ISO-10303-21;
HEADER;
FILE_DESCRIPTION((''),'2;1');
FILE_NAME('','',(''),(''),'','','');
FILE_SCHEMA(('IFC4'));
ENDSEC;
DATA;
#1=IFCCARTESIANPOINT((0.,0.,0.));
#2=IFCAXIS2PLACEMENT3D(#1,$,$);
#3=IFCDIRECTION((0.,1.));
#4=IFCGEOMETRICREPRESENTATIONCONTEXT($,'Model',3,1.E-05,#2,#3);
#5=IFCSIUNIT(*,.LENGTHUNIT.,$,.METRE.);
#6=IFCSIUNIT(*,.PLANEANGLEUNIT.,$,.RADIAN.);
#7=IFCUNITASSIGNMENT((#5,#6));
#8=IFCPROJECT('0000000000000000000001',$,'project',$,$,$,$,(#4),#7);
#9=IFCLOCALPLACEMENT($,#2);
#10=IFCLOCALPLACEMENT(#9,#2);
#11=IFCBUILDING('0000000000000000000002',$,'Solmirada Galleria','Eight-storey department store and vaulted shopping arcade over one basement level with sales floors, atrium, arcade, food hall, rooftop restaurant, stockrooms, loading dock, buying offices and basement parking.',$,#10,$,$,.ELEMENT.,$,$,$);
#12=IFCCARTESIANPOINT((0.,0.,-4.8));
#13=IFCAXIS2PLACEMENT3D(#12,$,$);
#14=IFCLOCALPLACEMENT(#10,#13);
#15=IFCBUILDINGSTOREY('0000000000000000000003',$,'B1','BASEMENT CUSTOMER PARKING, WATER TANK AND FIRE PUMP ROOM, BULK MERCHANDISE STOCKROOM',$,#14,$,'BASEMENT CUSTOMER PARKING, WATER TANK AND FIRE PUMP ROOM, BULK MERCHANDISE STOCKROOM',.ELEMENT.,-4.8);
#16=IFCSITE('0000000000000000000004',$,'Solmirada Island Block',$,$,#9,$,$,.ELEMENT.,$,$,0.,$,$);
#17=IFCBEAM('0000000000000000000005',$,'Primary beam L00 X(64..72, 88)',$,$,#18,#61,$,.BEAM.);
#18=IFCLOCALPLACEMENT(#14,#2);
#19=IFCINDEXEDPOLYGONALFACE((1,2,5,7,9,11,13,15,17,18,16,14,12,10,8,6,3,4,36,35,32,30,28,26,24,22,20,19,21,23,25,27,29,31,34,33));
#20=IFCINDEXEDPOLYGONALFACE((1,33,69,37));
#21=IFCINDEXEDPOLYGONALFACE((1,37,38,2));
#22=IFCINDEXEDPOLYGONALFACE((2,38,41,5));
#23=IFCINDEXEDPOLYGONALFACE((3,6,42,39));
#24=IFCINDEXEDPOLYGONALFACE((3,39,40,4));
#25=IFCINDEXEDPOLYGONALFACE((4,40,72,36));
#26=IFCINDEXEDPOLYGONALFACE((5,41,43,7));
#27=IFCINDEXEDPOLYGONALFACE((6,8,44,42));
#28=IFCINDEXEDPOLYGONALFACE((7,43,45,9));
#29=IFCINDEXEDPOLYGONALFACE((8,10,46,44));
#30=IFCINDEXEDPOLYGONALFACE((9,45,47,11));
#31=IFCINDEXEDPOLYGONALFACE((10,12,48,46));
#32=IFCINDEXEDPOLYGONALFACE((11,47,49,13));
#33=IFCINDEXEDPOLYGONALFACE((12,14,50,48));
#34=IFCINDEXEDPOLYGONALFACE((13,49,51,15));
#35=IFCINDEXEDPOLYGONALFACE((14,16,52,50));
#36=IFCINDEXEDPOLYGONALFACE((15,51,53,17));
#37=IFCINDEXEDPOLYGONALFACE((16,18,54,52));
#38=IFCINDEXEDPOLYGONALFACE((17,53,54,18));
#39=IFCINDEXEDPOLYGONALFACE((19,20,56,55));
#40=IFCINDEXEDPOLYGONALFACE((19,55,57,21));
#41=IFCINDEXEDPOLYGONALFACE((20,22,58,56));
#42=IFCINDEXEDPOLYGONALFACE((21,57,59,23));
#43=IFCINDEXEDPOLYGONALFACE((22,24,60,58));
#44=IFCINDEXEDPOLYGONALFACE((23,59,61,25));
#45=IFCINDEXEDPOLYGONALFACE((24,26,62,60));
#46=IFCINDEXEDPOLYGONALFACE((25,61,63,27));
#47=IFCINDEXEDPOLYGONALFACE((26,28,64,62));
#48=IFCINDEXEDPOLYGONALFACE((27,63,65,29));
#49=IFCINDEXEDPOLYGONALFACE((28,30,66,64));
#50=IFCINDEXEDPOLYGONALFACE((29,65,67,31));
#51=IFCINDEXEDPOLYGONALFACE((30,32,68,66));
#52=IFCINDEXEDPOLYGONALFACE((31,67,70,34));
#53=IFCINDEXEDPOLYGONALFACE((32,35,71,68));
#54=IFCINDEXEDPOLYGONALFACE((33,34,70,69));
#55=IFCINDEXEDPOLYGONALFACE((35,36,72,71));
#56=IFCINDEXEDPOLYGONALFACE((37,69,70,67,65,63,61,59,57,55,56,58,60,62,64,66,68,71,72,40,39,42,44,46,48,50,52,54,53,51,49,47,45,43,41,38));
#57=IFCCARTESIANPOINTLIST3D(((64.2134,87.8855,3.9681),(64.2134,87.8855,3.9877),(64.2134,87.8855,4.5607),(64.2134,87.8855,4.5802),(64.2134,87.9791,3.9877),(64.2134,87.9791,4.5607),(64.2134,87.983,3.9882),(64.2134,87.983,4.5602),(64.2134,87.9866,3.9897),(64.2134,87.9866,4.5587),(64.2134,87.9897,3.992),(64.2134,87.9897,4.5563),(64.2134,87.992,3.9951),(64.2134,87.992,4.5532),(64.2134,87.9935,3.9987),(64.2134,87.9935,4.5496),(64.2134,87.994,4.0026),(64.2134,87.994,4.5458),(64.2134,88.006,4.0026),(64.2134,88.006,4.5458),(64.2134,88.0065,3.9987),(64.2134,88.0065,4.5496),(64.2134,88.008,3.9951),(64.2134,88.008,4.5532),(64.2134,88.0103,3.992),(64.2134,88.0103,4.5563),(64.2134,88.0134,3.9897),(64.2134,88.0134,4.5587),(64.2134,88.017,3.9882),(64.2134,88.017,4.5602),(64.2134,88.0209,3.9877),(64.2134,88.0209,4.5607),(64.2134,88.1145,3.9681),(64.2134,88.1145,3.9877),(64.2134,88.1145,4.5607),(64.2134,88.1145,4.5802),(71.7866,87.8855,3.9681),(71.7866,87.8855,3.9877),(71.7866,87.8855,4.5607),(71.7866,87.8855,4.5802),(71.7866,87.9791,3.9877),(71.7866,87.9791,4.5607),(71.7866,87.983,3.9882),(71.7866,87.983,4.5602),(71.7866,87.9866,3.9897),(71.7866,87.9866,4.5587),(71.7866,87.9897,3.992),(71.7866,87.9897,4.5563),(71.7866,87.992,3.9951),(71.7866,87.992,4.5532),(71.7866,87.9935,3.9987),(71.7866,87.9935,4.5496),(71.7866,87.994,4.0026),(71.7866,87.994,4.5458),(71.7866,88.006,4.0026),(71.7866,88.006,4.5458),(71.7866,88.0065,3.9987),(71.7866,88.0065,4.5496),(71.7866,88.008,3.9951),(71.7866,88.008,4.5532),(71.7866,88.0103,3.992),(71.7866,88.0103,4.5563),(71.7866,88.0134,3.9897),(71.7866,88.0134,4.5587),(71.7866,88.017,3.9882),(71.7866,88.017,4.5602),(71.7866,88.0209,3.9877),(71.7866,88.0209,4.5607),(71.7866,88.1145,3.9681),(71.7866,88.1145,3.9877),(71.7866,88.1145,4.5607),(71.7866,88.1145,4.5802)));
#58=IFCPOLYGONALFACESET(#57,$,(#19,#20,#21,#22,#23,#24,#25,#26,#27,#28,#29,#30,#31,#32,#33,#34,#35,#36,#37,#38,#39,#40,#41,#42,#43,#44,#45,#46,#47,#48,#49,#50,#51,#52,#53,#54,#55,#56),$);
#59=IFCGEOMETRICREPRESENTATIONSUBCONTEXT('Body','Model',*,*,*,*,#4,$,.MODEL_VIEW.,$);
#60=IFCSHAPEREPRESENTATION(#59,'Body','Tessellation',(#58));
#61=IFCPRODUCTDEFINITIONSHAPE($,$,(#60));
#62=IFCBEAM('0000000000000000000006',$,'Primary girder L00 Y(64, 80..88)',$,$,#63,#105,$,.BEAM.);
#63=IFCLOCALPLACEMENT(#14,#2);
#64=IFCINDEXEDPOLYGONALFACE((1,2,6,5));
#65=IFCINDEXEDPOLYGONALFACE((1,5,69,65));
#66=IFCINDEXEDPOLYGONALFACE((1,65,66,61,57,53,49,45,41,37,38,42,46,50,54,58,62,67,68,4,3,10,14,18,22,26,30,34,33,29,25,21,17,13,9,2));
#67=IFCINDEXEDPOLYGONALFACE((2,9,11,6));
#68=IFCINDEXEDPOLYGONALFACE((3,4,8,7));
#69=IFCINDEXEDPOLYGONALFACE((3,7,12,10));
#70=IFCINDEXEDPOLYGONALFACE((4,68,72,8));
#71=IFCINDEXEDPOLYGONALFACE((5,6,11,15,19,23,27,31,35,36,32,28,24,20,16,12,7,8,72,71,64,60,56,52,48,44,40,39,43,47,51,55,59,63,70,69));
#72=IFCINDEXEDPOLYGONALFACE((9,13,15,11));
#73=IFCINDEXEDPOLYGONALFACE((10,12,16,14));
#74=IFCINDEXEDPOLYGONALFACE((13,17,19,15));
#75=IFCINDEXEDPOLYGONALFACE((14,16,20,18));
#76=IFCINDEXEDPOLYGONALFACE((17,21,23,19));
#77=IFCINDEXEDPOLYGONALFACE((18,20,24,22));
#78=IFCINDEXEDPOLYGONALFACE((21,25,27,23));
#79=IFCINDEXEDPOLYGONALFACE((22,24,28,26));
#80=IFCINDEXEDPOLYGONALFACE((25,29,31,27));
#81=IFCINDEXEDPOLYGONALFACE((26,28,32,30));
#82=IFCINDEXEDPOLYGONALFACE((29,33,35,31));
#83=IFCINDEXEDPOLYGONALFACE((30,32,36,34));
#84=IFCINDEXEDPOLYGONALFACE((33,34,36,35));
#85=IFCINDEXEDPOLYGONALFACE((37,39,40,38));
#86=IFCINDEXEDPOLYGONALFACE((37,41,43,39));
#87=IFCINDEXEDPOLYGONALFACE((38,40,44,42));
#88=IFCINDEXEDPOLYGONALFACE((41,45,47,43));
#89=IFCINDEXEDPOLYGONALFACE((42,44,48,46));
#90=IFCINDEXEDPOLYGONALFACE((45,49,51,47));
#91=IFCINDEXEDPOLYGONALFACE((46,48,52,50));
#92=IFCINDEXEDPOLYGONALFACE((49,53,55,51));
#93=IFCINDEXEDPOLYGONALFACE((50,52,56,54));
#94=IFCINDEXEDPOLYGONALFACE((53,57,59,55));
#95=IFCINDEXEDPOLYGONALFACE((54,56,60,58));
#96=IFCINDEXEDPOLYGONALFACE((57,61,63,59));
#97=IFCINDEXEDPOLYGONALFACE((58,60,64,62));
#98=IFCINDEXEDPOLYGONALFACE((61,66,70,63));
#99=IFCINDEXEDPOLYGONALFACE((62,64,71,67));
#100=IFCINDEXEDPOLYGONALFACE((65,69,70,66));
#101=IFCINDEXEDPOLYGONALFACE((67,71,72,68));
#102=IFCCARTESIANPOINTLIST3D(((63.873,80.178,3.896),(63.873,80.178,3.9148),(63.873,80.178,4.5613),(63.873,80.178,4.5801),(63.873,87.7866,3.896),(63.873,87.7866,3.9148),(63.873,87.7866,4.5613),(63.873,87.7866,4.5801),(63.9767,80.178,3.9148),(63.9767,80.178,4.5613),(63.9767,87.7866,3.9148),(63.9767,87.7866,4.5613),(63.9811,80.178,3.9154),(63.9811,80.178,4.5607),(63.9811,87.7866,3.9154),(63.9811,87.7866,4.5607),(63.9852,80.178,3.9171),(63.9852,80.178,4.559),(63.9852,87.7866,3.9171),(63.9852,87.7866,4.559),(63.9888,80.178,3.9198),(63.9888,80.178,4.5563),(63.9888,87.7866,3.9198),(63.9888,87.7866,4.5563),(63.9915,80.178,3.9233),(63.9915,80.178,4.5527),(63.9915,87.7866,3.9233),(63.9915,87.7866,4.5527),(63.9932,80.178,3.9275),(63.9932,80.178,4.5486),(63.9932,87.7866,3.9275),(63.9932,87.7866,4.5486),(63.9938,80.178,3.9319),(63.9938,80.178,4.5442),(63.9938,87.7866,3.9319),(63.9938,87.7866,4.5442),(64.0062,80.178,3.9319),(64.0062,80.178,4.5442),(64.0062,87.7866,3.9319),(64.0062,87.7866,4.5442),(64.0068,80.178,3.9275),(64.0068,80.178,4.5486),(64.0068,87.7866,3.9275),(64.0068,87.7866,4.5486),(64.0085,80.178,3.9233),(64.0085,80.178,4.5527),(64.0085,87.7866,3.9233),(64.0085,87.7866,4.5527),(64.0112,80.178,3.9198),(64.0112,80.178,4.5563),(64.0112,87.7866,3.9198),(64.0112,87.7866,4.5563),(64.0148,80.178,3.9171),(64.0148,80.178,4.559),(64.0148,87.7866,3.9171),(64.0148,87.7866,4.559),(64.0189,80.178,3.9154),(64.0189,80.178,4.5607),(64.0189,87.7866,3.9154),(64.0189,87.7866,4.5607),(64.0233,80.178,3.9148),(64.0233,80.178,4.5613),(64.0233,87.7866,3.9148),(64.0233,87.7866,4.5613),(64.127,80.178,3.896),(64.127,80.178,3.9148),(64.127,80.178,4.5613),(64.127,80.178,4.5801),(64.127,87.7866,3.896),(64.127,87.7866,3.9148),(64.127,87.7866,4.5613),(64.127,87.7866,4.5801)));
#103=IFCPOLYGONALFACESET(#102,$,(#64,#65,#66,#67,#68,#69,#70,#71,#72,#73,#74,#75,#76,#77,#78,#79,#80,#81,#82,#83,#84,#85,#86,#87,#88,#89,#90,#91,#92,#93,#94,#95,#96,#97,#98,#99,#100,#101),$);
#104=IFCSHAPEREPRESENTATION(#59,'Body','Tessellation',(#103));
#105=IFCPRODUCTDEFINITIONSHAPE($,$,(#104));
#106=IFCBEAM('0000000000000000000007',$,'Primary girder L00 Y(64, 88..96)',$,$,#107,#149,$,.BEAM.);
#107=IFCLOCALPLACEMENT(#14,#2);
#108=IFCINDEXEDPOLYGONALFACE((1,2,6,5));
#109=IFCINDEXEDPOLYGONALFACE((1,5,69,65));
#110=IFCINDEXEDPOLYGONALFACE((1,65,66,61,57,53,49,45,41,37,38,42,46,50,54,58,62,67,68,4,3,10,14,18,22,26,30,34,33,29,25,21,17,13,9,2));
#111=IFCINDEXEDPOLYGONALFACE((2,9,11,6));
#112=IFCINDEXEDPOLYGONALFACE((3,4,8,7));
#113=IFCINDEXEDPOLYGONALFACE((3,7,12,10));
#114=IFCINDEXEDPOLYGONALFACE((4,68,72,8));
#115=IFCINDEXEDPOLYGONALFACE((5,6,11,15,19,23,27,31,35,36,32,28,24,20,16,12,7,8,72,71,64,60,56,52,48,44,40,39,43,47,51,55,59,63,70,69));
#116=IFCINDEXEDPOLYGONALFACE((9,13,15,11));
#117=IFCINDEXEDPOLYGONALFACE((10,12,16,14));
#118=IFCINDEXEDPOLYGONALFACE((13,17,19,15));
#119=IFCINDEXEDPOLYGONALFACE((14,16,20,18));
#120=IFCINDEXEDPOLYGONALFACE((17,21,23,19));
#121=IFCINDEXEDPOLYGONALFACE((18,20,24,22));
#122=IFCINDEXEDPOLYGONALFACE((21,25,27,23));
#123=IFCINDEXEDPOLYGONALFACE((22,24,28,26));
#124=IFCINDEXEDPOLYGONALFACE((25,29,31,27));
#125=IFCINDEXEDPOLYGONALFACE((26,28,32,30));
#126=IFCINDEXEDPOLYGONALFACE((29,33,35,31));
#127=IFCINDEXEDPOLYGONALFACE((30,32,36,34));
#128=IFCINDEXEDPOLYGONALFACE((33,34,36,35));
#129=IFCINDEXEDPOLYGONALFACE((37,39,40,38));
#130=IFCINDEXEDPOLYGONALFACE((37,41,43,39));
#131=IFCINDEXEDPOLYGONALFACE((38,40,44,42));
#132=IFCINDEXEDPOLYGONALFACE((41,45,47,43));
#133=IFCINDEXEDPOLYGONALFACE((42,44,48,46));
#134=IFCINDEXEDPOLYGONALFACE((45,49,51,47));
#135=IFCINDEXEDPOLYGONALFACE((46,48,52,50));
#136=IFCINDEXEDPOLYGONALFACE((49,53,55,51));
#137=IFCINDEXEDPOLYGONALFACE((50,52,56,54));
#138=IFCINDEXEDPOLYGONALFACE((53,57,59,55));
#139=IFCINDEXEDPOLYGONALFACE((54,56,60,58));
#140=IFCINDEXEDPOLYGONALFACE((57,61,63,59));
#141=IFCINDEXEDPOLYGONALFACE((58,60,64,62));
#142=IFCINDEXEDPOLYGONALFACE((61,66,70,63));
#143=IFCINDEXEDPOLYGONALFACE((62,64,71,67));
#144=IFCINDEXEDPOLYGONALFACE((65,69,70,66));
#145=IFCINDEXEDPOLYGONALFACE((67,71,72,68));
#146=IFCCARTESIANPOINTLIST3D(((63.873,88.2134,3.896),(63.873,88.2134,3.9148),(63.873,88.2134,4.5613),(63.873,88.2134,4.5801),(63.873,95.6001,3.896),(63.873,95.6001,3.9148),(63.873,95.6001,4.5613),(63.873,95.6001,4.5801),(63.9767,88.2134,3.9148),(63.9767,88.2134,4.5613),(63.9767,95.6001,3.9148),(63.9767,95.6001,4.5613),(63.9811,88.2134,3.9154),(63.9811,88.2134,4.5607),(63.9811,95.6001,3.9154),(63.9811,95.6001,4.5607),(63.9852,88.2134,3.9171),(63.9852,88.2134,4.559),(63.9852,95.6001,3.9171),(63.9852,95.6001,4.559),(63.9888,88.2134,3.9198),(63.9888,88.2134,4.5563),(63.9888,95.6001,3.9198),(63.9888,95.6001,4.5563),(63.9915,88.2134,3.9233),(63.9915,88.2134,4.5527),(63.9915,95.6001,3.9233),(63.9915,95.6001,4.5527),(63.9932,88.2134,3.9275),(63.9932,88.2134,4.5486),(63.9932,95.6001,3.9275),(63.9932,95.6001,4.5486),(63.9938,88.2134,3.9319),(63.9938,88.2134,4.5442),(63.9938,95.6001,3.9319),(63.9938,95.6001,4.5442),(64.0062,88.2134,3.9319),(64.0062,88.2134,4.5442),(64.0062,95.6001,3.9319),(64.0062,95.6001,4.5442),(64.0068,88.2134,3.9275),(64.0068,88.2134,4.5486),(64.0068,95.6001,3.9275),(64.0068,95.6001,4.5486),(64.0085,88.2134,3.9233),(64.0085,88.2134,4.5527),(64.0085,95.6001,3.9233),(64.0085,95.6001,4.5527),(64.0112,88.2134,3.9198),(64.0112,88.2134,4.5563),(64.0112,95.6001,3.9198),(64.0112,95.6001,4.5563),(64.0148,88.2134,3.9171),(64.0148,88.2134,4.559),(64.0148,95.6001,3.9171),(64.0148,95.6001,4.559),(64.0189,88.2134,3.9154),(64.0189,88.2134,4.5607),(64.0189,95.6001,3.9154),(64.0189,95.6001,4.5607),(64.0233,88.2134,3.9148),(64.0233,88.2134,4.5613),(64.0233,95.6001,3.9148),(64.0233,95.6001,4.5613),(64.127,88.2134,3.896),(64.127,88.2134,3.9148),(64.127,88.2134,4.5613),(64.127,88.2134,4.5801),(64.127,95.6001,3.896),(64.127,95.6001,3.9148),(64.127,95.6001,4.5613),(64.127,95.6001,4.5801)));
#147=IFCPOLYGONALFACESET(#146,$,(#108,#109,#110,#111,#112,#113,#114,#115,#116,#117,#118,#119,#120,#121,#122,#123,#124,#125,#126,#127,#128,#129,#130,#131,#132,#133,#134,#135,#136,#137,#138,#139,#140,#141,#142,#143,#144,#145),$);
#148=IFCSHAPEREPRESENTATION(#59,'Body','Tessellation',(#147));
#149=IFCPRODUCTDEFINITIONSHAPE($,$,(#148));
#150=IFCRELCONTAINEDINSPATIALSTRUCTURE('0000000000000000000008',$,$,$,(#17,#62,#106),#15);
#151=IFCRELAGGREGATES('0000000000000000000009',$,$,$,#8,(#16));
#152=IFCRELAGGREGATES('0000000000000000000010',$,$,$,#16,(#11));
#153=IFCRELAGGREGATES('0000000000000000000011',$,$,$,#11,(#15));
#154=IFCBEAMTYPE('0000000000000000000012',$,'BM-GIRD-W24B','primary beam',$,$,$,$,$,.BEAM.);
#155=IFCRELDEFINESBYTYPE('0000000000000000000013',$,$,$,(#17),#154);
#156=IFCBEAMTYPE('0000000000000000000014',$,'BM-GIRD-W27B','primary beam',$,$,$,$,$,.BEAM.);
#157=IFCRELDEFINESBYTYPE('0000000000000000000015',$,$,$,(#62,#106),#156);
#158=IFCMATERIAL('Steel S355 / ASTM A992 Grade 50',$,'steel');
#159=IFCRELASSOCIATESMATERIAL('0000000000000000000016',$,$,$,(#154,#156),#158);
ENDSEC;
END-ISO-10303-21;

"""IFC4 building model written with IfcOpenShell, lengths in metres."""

from ifc_helpers import new_model, si_unit, direction, frame, origin, origin_2d, place, context, subcontext, project, spatial, i_section, extrude, material, material_profile, profile_set, type_object, element, save


model = new_model("IFC4")

# Units and contexts
model_context = context("Model", 3, precision=1e-05, world=origin(), true_north=direction((0.0, 1.0)))
body_context = subcontext(model_context, "Body", "Model", "MODEL_VIEW")
ifc_project = project(units=[si_unit("LENGTHUNIT", "METRE"), si_unit("PLANEANGLEUNIT", "RADIAN")], contexts=[model_context])

# Site, building, storey
site_placement = place(None, origin())
site = spatial("IfcSite", under=ifc_project, at=site_placement, Name="Solmirada Island Block", CompositionType="ELEMENT", RefElevation=0.0)
building_placement = place(site_placement, origin())
building = spatial("IfcBuilding", under=site, at=building_placement, Name="Solmirada Galleria", Description="Eight-storey department store and vaulted shopping arcade over one basement level with sales floors, atrium, arcade, food hall, rooftop restaurant, stockrooms, loading dock, buying offices and basement parking.", CompositionType="ELEMENT")
storey_placement = place(building_placement, frame((0.0, 0.0, -4.8)))
storey = spatial("IfcBuildingStorey", under=building, at=storey_placement, Name="B1", Description="BASEMENT CUSTOMER PARKING, WATER TANK AND FIRE PUMP ROOM, BULK MERCHANDISE STOCKROOM", LongName="BASEMENT CUSTOMER PARKING, WATER TANK AND FIRE PUMP ROOM, BULK MERCHANDISE STOCKROOM", CompositionType="ELEMENT", Elevation=-4.8)

# Beams
ifc_material_1 = material(Name="Steel S355 / ASTM A992 Grade 50", Category="steel")
ifc_material_profile_1 = material_profile(ifc_material_1, i_section(OverallWidth=0.229, OverallDepth=0.6121, WebThickness=0.012, FlangeThickness=0.0195, FilletRadius=0.0149, at=origin_2d()), Name="W24X84")
ifc_profile_set_1 = profile_set([ifc_material_profile_1], Name="Steel S355 / ASTM A992 Grade 50")
beam_type_1 = type_object("IfcBeamType", Name="BM-GIRD-W24B", Description="primary beam", PredefinedType="BEAM", material=ifc_profile_set_1)
beam_1_placement = place(storey_placement, frame((64.2134, 88.0, 4.2742), z_axis=(1.0, 0.0, 0.0), x_axis=(0.0, 1.0, 0.0)))
element("IfcBeam", 1, at=beam_1_placement, inside=storey, type_object=beam_type_1, Name="Primary beam L00 X(64..72, 88)", PredefinedType="BEAM", context=body_context, shape_type="SweptSolid", body=[
    extrude(i_section(OverallWidth=0.229, OverallDepth=0.6121, WebThickness=0.012, FlangeThickness=0.0195, FilletRadius=0.0149, at=origin_2d()), origin(), (0.0, 0.0, 1.0), 7.5732),
])
ifc_material_profile_2 = material_profile(ifc_material_1, i_section(OverallWidth=0.2539, OverallDepth=0.6841, WebThickness=0.0125, FlangeThickness=0.0188, FilletRadius=0.0171, at=origin_2d()), Name="W27X94")
ifc_profile_set_2 = profile_set([ifc_material_profile_2], Name="Steel S355 / ASTM A992 Grade 50")
beam_type_2 = type_object("IfcBeamType", Name="BM-GIRD-W27B", Description="primary beam", PredefinedType="BEAM", material=ifc_profile_set_2)
beam_2_placement = place(storey_placement, frame((64.0, 80.178, 4.238), z_axis=(0.0, 1.0, 0.0), x_axis=(-1.0, 0.0, 0.0)))
element("IfcBeam", 2, at=beam_2_placement, inside=storey, type_object=beam_type_2, Name="Primary girder L00 Y(64, 80..88)", PredefinedType="BEAM", context=body_context, shape_type="SweptSolid", body=[
    extrude(i_section(OverallWidth=0.2539, OverallDepth=0.6841, WebThickness=0.0125, FlangeThickness=0.0188, FilletRadius=0.0171, at=origin_2d()), origin(), (0.0, 0.0, 1.0), 7.6086),
])
beam_3_placement = place(storey_placement, frame((64.0, 88.2134, 4.238), z_axis=(0.0, 1.0, 0.0), x_axis=(-1.0, 0.0, 0.0)))
element("IfcBeam", 3, at=beam_3_placement, inside=storey, type_object=beam_type_2, Name="Primary girder L00 Y(64, 88..96)", PredefinedType="BEAM", context=body_context, shape_type="SweptSolid", body=[
    extrude(i_section(OverallWidth=0.2539, OverallDepth=0.6841, WebThickness=0.0125, FlangeThickness=0.0188, FilletRadius=0.0171, at=origin_2d()), origin(), (0.0, 0.0, 1.0), 7.3867),
])

save(model, "model.ifc")
